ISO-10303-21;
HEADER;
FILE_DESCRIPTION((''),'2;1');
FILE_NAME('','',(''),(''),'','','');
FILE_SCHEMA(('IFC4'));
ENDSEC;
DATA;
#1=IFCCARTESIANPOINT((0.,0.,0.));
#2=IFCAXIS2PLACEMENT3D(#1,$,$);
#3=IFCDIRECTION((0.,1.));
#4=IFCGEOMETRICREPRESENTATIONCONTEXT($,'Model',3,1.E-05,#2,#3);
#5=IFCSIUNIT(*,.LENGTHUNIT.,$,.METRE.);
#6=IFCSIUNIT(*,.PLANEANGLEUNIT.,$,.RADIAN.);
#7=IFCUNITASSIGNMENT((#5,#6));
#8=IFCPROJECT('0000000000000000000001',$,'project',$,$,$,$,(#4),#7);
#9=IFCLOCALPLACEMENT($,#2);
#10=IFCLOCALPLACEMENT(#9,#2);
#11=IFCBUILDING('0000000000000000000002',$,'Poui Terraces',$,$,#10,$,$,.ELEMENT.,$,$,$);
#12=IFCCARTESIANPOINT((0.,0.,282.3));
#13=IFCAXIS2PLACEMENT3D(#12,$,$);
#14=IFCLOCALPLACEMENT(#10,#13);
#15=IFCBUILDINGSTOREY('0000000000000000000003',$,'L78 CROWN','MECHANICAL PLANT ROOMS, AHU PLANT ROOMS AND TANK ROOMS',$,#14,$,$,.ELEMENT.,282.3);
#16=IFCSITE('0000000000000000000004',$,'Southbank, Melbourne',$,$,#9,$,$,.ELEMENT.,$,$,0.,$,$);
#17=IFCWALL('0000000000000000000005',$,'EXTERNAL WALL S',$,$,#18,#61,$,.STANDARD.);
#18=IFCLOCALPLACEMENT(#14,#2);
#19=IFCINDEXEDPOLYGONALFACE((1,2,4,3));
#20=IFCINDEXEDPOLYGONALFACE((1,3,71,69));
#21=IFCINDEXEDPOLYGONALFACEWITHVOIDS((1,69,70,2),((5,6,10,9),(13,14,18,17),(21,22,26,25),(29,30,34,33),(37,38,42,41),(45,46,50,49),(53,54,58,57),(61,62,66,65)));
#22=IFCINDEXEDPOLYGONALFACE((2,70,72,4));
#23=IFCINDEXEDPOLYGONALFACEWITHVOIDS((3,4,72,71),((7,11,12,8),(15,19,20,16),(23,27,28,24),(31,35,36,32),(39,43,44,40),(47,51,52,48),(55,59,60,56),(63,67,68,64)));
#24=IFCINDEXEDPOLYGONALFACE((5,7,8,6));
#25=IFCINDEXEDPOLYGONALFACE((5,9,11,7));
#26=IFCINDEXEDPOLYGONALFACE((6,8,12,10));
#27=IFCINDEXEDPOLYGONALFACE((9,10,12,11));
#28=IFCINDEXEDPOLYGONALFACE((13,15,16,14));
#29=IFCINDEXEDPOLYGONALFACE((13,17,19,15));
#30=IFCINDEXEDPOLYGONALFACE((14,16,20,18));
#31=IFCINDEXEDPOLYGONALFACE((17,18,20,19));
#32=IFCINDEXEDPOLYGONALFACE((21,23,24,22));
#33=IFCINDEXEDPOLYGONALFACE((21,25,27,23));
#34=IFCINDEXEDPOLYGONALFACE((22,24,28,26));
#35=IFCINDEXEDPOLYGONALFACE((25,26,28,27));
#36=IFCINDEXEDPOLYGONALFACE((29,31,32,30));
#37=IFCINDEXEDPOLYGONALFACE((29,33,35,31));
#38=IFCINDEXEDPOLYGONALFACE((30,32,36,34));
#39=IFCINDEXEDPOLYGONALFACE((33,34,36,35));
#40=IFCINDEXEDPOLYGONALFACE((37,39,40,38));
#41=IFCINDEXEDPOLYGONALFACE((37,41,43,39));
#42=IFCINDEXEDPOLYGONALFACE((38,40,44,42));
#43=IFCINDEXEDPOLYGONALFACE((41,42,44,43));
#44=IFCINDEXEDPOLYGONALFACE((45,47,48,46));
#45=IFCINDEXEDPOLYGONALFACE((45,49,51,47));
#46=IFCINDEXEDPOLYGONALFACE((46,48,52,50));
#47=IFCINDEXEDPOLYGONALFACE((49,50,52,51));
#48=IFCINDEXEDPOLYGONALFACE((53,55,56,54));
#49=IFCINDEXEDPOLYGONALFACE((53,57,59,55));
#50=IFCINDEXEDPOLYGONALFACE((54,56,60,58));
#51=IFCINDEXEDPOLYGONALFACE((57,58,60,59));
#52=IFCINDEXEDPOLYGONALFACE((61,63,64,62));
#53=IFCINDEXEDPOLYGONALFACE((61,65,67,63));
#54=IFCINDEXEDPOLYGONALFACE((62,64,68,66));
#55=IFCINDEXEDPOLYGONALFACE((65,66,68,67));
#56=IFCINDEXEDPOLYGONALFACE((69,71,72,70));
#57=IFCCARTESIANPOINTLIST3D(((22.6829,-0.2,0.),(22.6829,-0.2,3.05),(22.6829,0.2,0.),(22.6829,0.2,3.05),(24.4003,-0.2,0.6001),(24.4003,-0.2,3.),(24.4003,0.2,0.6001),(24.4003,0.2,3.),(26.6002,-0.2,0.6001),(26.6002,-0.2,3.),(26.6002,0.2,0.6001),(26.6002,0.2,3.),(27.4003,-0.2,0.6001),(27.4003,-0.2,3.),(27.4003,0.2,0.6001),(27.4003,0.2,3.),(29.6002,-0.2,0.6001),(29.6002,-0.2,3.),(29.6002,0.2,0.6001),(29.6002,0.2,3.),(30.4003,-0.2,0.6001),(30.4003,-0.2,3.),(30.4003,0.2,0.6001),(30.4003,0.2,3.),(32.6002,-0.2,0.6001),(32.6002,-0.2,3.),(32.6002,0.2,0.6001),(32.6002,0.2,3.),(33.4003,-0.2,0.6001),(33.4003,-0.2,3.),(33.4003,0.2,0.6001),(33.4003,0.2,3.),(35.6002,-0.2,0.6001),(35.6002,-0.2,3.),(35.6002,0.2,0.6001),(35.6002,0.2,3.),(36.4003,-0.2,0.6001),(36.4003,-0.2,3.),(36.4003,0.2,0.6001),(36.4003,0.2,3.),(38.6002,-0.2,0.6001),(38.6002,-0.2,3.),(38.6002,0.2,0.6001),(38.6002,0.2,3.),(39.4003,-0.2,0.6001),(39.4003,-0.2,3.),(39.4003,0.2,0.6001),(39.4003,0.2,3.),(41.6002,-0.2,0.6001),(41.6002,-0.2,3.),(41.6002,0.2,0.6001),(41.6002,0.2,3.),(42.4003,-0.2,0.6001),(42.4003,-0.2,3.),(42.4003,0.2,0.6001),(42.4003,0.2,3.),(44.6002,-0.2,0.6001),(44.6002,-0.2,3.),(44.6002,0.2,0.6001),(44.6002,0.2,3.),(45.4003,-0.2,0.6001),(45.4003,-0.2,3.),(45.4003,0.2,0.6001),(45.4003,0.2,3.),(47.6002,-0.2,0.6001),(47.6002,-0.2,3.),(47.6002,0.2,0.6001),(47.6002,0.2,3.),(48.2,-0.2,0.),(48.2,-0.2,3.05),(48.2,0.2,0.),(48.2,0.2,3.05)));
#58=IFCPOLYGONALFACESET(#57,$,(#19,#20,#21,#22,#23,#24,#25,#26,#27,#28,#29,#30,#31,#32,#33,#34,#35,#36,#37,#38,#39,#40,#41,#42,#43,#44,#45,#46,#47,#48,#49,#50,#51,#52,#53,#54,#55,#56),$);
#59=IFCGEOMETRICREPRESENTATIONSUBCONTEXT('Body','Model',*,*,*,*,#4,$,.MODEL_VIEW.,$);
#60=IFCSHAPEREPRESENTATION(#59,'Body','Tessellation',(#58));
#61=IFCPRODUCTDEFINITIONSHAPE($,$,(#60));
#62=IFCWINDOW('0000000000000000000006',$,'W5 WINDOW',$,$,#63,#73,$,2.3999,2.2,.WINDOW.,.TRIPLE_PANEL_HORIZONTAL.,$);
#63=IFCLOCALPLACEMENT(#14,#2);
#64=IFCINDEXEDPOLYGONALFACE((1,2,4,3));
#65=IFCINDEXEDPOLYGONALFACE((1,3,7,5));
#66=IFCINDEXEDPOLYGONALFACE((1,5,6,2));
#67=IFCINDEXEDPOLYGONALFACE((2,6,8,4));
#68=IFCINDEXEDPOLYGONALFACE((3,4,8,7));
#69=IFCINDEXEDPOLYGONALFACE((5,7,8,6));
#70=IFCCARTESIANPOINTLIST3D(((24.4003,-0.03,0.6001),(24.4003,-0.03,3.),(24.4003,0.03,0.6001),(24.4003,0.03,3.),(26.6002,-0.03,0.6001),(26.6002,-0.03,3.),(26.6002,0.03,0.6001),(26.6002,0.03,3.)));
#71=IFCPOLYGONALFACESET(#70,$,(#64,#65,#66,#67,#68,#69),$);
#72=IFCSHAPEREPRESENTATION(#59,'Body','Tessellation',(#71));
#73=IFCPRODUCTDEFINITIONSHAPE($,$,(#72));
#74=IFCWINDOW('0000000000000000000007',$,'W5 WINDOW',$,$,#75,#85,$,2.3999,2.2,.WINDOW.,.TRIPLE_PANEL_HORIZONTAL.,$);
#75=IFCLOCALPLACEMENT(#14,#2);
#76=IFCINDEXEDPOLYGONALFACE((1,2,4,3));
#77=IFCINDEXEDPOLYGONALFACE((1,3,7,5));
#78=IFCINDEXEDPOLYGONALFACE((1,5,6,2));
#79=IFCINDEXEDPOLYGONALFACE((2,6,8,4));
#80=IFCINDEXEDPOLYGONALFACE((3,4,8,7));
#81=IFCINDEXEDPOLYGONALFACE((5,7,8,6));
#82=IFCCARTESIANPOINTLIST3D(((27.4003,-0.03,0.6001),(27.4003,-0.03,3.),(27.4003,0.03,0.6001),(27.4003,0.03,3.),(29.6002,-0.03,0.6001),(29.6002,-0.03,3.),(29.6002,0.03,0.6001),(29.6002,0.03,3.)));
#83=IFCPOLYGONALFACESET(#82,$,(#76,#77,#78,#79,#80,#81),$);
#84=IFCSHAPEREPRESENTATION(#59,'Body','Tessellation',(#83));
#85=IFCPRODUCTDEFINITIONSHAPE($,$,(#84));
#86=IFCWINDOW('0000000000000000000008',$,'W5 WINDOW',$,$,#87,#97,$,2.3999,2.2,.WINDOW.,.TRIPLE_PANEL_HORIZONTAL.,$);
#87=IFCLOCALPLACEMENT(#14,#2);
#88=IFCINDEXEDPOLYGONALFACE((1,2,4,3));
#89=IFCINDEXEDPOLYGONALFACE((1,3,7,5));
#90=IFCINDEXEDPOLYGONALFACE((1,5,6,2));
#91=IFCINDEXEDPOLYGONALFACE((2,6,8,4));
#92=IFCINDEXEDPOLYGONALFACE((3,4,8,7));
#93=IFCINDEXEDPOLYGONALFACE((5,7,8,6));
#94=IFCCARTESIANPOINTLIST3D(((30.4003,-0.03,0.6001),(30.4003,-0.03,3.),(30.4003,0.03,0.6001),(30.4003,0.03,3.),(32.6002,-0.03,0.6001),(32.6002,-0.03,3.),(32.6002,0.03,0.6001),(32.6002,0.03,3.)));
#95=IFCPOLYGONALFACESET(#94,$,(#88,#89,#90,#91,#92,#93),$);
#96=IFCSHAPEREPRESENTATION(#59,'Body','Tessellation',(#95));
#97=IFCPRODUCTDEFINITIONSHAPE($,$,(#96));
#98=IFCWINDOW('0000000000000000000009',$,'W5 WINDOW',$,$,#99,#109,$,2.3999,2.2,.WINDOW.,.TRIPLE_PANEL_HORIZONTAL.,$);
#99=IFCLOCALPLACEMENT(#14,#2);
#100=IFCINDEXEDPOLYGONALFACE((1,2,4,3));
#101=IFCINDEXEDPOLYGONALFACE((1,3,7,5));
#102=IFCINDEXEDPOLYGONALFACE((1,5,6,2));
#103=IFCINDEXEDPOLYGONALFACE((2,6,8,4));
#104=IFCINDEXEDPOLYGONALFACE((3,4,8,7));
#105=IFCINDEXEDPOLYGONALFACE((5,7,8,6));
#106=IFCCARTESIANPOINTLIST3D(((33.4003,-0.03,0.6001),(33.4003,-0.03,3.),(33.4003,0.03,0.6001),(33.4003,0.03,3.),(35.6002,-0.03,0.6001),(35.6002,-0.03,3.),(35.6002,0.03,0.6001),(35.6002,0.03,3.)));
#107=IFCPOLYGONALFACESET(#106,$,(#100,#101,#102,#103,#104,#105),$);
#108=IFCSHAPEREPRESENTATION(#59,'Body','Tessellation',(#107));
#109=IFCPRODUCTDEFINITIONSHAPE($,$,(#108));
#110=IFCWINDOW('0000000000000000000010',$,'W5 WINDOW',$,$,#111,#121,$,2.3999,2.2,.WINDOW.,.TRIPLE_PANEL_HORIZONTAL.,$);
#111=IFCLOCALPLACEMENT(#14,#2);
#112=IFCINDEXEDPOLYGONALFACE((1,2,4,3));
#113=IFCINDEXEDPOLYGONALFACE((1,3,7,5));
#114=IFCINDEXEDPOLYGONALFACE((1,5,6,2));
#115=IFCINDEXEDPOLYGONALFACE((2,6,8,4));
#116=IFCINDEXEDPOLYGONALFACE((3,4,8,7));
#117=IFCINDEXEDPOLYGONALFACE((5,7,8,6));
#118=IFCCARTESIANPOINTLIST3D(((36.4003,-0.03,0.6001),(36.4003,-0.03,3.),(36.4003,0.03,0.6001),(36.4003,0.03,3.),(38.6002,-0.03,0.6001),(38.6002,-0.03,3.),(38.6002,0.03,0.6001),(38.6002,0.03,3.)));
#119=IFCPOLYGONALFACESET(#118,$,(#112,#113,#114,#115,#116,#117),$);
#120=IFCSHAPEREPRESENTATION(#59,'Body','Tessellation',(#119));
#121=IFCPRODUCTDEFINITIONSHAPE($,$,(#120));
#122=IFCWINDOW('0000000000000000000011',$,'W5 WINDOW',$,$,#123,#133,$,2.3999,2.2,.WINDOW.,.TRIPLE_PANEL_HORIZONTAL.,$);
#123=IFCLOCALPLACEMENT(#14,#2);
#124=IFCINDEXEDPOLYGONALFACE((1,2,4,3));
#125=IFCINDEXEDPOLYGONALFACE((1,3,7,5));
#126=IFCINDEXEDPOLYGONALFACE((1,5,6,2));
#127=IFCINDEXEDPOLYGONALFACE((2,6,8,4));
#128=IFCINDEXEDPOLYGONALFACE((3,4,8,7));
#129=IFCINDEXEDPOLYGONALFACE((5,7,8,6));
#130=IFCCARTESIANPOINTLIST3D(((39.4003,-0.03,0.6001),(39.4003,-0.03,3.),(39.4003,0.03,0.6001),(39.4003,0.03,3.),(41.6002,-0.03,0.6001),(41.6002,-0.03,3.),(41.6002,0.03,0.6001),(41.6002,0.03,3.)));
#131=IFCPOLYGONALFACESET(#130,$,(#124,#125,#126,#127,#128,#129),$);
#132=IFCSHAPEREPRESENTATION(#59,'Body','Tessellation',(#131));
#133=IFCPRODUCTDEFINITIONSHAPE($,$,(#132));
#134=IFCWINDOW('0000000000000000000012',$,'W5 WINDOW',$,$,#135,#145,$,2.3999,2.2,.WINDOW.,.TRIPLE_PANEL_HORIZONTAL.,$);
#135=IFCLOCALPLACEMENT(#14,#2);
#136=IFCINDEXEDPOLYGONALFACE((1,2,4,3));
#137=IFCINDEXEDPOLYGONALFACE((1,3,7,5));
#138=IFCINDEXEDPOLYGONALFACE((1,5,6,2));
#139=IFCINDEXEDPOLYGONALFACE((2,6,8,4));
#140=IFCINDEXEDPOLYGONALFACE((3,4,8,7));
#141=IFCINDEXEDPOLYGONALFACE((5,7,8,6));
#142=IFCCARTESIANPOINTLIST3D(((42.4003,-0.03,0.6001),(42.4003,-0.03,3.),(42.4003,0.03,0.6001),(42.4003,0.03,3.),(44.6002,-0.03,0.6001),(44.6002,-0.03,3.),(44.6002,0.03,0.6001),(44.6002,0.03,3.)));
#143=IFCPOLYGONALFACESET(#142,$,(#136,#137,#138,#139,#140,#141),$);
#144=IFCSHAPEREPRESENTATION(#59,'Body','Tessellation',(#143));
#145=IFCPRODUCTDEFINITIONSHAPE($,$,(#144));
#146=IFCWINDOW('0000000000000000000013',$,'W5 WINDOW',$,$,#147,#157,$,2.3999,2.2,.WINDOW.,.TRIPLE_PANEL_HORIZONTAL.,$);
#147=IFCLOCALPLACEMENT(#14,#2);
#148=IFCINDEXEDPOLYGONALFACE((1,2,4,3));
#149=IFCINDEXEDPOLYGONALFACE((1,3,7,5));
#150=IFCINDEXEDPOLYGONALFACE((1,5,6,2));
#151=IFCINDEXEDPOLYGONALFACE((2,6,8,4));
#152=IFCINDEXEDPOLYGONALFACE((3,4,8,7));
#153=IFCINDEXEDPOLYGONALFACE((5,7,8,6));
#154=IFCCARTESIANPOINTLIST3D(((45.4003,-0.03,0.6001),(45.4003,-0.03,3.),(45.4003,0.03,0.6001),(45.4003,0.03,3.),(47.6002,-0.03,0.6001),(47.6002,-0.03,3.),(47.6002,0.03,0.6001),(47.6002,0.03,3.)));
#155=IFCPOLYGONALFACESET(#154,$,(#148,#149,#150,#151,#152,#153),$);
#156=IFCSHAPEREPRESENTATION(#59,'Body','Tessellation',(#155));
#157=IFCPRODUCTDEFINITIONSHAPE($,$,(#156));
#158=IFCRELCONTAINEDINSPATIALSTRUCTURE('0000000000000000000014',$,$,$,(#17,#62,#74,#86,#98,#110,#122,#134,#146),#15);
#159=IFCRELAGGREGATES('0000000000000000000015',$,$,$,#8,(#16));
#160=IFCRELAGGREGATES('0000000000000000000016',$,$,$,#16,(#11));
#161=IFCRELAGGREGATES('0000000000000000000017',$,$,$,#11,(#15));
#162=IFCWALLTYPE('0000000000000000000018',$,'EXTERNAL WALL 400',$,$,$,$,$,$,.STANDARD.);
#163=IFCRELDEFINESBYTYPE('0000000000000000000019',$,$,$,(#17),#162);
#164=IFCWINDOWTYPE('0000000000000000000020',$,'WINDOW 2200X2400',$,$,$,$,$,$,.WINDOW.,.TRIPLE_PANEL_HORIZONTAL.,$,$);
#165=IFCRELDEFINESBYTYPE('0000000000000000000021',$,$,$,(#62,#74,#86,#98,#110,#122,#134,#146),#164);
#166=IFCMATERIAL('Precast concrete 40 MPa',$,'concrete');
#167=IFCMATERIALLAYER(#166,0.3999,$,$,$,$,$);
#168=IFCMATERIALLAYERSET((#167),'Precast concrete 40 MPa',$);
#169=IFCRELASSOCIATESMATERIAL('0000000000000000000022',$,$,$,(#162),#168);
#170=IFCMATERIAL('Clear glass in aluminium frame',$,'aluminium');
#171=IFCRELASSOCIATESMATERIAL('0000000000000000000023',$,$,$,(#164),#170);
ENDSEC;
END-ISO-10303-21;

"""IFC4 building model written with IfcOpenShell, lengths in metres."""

from ifc_helpers import new_model, si_unit, direction, frame, frame_2d, origin, place, context, subcontext, project, spatial, rectangle, extrude, material, layer, layer_set, type_object, element, fill, save


model = new_model("IFC4")

# Units and contexts
model_context = context("Model", 3, precision=1e-05, world=origin(), true_north=direction((0.0, 1.0)))
body_context = subcontext(model_context, "Body", "Model", "MODEL_VIEW")
ifc_project = project(units=[si_unit("LENGTHUNIT", "METRE"), si_unit("PLANEANGLEUNIT", "RADIAN")], contexts=[model_context])

# Site, building, storey
site_placement = place(None, origin())
site = spatial("IfcSite", under=ifc_project, at=site_placement, Name="Southbank, Melbourne", CompositionType="ELEMENT", RefElevation=0.0)
building_placement = place(site_placement, origin())
building = spatial("IfcBuilding", under=site, at=building_placement, Name="Poui Terraces", CompositionType="ELEMENT")
storey_placement = place(building_placement, frame((0.0, 0.0, 282.3)))
storey = spatial("IfcBuildingStorey", under=building, at=storey_placement, Name="L78 CROWN", Description="MECHANICAL PLANT ROOMS, AHU PLANT ROOMS AND TANK ROOMS", CompositionType="ELEMENT", Elevation=282.3)

# Wall, openings, windows
ifc_material_1 = material(Name="Precast concrete 40 MPa", Category="concrete")
ifc_layer_1 = layer(ifc_material_1, 0.3999)
ifc_layer_set_1 = layer_set([ifc_layer_1], Name="Precast concrete 40 MPa")
wall_type_1 = type_object("IfcWallType", Name="EXTERNAL WALL 400", PredefinedType="STANDARD", material=ifc_layer_set_1)
wall_1_placement = place(storey_placement, frame((22.6829, 0.0, 0.0), z_axis=(0.0, 0.0, 1.0), x_axis=(1.0, 0.0, 0.0)))
wall_1 = element("IfcWall", 1, at=wall_1_placement, inside=storey, type_object=wall_type_1, Name="EXTERNAL WALL S", PredefinedType="STANDARD", context=body_context, shape_type="SweptSolid", body=[
    extrude(rectangle(XDim=25.5171, YDim=0.3999, at=frame_2d((12.7585, 0.0))), origin(), (0.0, 0.0, 1.0), 3.05),
])
opening_1_placement = place(wall_1_placement, frame((1.7173, 0.0, 0.6001)))
opening_1 = element("IfcOpeningElement", 2, at=opening_1_placement, cuts=wall_1, PredefinedType="OPENING", context=body_context, shape_type="SweptSolid", body=[
    extrude(rectangle(XDim=2.2, YDim=2.3999, at=frame_2d((1.1001, 1.2))), frame((0.0, 0.21, 0.0), z_axis=(0.0, -1.0, 0.0), x_axis=(1.0, 0.0, 0.0)), (0.0, 0.0, 1.0), 0.4199),
])
opening_2_placement = place(wall_1_placement, frame((4.7173, 0.0, 0.6001)))
opening_2 = element("IfcOpeningElement", 3, at=opening_2_placement, cuts=wall_1, PredefinedType="OPENING", context=body_context, shape_type="SweptSolid", body=[
    extrude(rectangle(XDim=2.2, YDim=2.3999, at=frame_2d((1.1001, 1.2))), frame((0.0, 0.21, 0.0), z_axis=(0.0, -1.0, 0.0), x_axis=(1.0, 0.0, 0.0)), (0.0, 0.0, 1.0), 0.4199),
])
opening_3_placement = place(wall_1_placement, frame((7.7173, 0.0, 0.6001)))
opening_3 = element("IfcOpeningElement", 4, at=opening_3_placement, cuts=wall_1, PredefinedType="OPENING", context=body_context, shape_type="SweptSolid", body=[
    extrude(rectangle(XDim=2.2, YDim=2.3999, at=frame_2d((1.1001, 1.2))), frame((0.0, 0.21, 0.0), z_axis=(0.0, -1.0, 0.0), x_axis=(1.0, 0.0, 0.0)), (0.0, 0.0, 1.0), 0.4199),
])
opening_4_placement = place(wall_1_placement, frame((10.7173, 0.0, 0.6001)))
opening_4 = element("IfcOpeningElement", 5, at=opening_4_placement, cuts=wall_1, PredefinedType="OPENING", context=body_context, shape_type="SweptSolid", body=[
    extrude(rectangle(XDim=2.2, YDim=2.3999, at=frame_2d((1.1001, 1.2))), frame((0.0, 0.21, 0.0), z_axis=(0.0, -1.0, 0.0), x_axis=(1.0, 0.0, 0.0)), (0.0, 0.0, 1.0), 0.4199),
])
opening_5_placement = place(wall_1_placement, frame((13.7173, 0.0, 0.6001)))
opening_5 = element("IfcOpeningElement", 6, at=opening_5_placement, cuts=wall_1, PredefinedType="OPENING", context=body_context, shape_type="SweptSolid", body=[
    extrude(rectangle(XDim=2.2, YDim=2.3999, at=frame_2d((1.1001, 1.2))), frame((0.0, 0.21, 0.0), z_axis=(0.0, -1.0, 0.0), x_axis=(1.0, 0.0, 0.0)), (0.0, 0.0, 1.0), 0.4199),
])
opening_6_placement = place(wall_1_placement, frame((16.7173, 0.0, 0.6001)))
opening_6 = element("IfcOpeningElement", 7, at=opening_6_placement, cuts=wall_1, PredefinedType="OPENING", context=body_context, shape_type="SweptSolid", body=[
    extrude(rectangle(XDim=2.2, YDim=2.3999, at=frame_2d((1.1001, 1.2))), frame((0.0, 0.21, 0.0), z_axis=(0.0, -1.0, 0.0), x_axis=(1.0, 0.0, 0.0)), (0.0, 0.0, 1.0), 0.4199),
])
opening_7_placement = place(wall_1_placement, frame((19.7173, 0.0, 0.6001)))
opening_7 = element("IfcOpeningElement", 8, at=opening_7_placement, cuts=wall_1, PredefinedType="OPENING", context=body_context, shape_type="SweptSolid", body=[
    extrude(rectangle(XDim=2.2, YDim=2.3999, at=frame_2d((1.1001, 1.2))), frame((0.0, 0.21, 0.0), z_axis=(0.0, -1.0, 0.0), x_axis=(1.0, 0.0, 0.0)), (0.0, 0.0, 1.0), 0.4199),
])
opening_8_placement = place(wall_1_placement, frame((22.7173, 0.0, 0.6001)))
opening_8 = element("IfcOpeningElement", 9, at=opening_8_placement, cuts=wall_1, PredefinedType="OPENING", context=body_context, shape_type="SweptSolid", body=[
    extrude(rectangle(XDim=2.2, YDim=2.3999, at=frame_2d((1.1001, 1.2))), frame((0.0, 0.21, 0.0), z_axis=(0.0, -1.0, 0.0), x_axis=(1.0, 0.0, 0.0)), (0.0, 0.0, 1.0), 0.4199),
])
ifc_material_2 = material(Name="Clear glass in aluminium frame", Category="aluminium")
window_type = type_object("IfcWindowType", Name="WINDOW 2200X2400", PartitioningType="TRIPLE_PANEL_HORIZONTAL", PredefinedType="WINDOW", material=ifc_material_2)
window_1_placement = place(opening_1_placement, origin())
window_1 = element("IfcWindow", 10, at=window_1_placement, inside=storey, type_object=window_type, Name="W5 WINDOW", OverallHeight=2.3999, OverallWidth=2.2, PartitioningType="TRIPLE_PANEL_HORIZONTAL", PredefinedType="WINDOW", context=body_context, shape_type="SweptSolid", body=[
    extrude(rectangle(XDim=2.2, YDim=2.3999, at=frame_2d((1.1001, 1.2))), frame((0.0, 0.03, 0.0), z_axis=(0.0, -1.0, 0.0), x_axis=(1.0, 0.0, 0.0)), (0.0, 0.0, 1.0), 0.0601),
])
fill(opening_1, window_1)
window_2_placement = place(opening_2_placement, origin())
window_2 = element("IfcWindow", 11, at=window_2_placement, inside=storey, type_object=window_type, Name="W5 WINDOW", OverallHeight=2.3999, OverallWidth=2.2, PartitioningType="TRIPLE_PANEL_HORIZONTAL", PredefinedType="WINDOW", context=body_context, shape_type="SweptSolid", body=[
    extrude(rectangle(XDim=2.2, YDim=2.3999, at=frame_2d((1.1001, 1.2))), frame((0.0, 0.03, 0.0), z_axis=(0.0, -1.0, 0.0), x_axis=(1.0, 0.0, 0.0)), (0.0, 0.0, 1.0), 0.0601),
])
fill(opening_2, window_2)
window_3_placement = place(opening_3_placement, origin())
window_3 = element("IfcWindow", 12, at=window_3_placement, inside=storey, type_object=window_type, Name="W5 WINDOW", OverallHeight=2.3999, OverallWidth=2.2, PartitioningType="TRIPLE_PANEL_HORIZONTAL", PredefinedType="WINDOW", context=body_context, shape_type="SweptSolid", body=[
    extrude(rectangle(XDim=2.2, YDim=2.3999, at=frame_2d((1.1001, 1.2))), frame((0.0, 0.03, 0.0), z_axis=(0.0, -1.0, 0.0), x_axis=(1.0, 0.0, 0.0)), (0.0, 0.0, 1.0), 0.0601),
])
fill(opening_3, window_3)
window_4_placement = place(opening_4_placement, origin())
window_4 = element("IfcWindow", 13, at=window_4_placement, inside=storey, type_object=window_type, Name="W5 WINDOW", OverallHeight=2.3999, OverallWidth=2.2, PartitioningType="TRIPLE_PANEL_HORIZONTAL", PredefinedType="WINDOW", context=body_context, shape_type="SweptSolid", body=[
    extrude(rectangle(XDim=2.2, YDim=2.3999, at=frame_2d((1.1001, 1.2))), frame((0.0, 0.03, 0.0), z_axis=(0.0, -1.0, 0.0), x_axis=(1.0, 0.0, 0.0)), (0.0, 0.0, 1.0), 0.0601),
])
fill(opening_4, window_4)
window_5_placement = place(opening_5_placement, origin())
window_5 = element("IfcWindow", 14, at=window_5_placement, inside=storey, type_object=window_type, Name="W5 WINDOW", OverallHeight=2.3999, OverallWidth=2.2, PartitioningType="TRIPLE_PANEL_HORIZONTAL", PredefinedType="WINDOW", context=body_context, shape_type="SweptSolid", body=[
    extrude(rectangle(XDim=2.2, YDim=2.3999, at=frame_2d((1.1001, 1.2))), frame((0.0, 0.03, 0.0), z_axis=(0.0, -1.0, 0.0), x_axis=(1.0, 0.0, 0.0)), (0.0, 0.0, 1.0), 0.0601),
])
fill(opening_5, window_5)
window_6_placement = place(opening_6_placement, origin())
window_6 = element("IfcWindow", 15, at=window_6_placement, inside=storey, type_object=window_type, Name="W5 WINDOW", OverallHeight=2.3999, OverallWidth=2.2, PartitioningType="TRIPLE_PANEL_HORIZONTAL", PredefinedType="WINDOW", context=body_context, shape_type="SweptSolid", body=[
    extrude(rectangle(XDim=2.2, YDim=2.3999, at=frame_2d((1.1001, 1.2))), frame((0.0, 0.03, 0.0), z_axis=(0.0, -1.0, 0.0), x_axis=(1.0, 0.0, 0.0)), (0.0, 0.0, 1.0), 0.0601),
])
fill(opening_6, window_6)
window_7_placement = place(opening_7_placement, origin())
window_7 = element("IfcWindow", 16, at=window_7_placement, inside=storey, type_object=window_type, Name="W5 WINDOW", OverallHeight=2.3999, OverallWidth=2.2, PartitioningType="TRIPLE_PANEL_HORIZONTAL", PredefinedType="WINDOW", context=body_context, shape_type="SweptSolid", body=[
    extrude(rectangle(XDim=2.2, YDim=2.3999, at=frame_2d((1.1001, 1.2))), frame((0.0, 0.03, 0.0), z_axis=(0.0, -1.0, 0.0), x_axis=(1.0, 0.0, 0.0)), (0.0, 0.0, 1.0), 0.0601),
])
fill(opening_7, window_7)
window_8_placement = place(opening_8_placement, origin())
window_8 = element("IfcWindow", 17, at=window_8_placement, inside=storey, type_object=window_type, Name="W5 WINDOW", OverallHeight=2.3999, OverallWidth=2.2, PartitioningType="TRIPLE_PANEL_HORIZONTAL", PredefinedType="WINDOW", context=body_context, shape_type="SweptSolid", body=[
    extrude(rectangle(XDim=2.2, YDim=2.3999, at=frame_2d((1.1001, 1.2))), frame((0.0, 0.03, 0.0), z_axis=(0.0, -1.0, 0.0), x_axis=(1.0, 0.0, 0.0)), (0.0, 0.0, 1.0), 0.0601),
])
fill(opening_8, window_8)

save(model, "model.ifc")
